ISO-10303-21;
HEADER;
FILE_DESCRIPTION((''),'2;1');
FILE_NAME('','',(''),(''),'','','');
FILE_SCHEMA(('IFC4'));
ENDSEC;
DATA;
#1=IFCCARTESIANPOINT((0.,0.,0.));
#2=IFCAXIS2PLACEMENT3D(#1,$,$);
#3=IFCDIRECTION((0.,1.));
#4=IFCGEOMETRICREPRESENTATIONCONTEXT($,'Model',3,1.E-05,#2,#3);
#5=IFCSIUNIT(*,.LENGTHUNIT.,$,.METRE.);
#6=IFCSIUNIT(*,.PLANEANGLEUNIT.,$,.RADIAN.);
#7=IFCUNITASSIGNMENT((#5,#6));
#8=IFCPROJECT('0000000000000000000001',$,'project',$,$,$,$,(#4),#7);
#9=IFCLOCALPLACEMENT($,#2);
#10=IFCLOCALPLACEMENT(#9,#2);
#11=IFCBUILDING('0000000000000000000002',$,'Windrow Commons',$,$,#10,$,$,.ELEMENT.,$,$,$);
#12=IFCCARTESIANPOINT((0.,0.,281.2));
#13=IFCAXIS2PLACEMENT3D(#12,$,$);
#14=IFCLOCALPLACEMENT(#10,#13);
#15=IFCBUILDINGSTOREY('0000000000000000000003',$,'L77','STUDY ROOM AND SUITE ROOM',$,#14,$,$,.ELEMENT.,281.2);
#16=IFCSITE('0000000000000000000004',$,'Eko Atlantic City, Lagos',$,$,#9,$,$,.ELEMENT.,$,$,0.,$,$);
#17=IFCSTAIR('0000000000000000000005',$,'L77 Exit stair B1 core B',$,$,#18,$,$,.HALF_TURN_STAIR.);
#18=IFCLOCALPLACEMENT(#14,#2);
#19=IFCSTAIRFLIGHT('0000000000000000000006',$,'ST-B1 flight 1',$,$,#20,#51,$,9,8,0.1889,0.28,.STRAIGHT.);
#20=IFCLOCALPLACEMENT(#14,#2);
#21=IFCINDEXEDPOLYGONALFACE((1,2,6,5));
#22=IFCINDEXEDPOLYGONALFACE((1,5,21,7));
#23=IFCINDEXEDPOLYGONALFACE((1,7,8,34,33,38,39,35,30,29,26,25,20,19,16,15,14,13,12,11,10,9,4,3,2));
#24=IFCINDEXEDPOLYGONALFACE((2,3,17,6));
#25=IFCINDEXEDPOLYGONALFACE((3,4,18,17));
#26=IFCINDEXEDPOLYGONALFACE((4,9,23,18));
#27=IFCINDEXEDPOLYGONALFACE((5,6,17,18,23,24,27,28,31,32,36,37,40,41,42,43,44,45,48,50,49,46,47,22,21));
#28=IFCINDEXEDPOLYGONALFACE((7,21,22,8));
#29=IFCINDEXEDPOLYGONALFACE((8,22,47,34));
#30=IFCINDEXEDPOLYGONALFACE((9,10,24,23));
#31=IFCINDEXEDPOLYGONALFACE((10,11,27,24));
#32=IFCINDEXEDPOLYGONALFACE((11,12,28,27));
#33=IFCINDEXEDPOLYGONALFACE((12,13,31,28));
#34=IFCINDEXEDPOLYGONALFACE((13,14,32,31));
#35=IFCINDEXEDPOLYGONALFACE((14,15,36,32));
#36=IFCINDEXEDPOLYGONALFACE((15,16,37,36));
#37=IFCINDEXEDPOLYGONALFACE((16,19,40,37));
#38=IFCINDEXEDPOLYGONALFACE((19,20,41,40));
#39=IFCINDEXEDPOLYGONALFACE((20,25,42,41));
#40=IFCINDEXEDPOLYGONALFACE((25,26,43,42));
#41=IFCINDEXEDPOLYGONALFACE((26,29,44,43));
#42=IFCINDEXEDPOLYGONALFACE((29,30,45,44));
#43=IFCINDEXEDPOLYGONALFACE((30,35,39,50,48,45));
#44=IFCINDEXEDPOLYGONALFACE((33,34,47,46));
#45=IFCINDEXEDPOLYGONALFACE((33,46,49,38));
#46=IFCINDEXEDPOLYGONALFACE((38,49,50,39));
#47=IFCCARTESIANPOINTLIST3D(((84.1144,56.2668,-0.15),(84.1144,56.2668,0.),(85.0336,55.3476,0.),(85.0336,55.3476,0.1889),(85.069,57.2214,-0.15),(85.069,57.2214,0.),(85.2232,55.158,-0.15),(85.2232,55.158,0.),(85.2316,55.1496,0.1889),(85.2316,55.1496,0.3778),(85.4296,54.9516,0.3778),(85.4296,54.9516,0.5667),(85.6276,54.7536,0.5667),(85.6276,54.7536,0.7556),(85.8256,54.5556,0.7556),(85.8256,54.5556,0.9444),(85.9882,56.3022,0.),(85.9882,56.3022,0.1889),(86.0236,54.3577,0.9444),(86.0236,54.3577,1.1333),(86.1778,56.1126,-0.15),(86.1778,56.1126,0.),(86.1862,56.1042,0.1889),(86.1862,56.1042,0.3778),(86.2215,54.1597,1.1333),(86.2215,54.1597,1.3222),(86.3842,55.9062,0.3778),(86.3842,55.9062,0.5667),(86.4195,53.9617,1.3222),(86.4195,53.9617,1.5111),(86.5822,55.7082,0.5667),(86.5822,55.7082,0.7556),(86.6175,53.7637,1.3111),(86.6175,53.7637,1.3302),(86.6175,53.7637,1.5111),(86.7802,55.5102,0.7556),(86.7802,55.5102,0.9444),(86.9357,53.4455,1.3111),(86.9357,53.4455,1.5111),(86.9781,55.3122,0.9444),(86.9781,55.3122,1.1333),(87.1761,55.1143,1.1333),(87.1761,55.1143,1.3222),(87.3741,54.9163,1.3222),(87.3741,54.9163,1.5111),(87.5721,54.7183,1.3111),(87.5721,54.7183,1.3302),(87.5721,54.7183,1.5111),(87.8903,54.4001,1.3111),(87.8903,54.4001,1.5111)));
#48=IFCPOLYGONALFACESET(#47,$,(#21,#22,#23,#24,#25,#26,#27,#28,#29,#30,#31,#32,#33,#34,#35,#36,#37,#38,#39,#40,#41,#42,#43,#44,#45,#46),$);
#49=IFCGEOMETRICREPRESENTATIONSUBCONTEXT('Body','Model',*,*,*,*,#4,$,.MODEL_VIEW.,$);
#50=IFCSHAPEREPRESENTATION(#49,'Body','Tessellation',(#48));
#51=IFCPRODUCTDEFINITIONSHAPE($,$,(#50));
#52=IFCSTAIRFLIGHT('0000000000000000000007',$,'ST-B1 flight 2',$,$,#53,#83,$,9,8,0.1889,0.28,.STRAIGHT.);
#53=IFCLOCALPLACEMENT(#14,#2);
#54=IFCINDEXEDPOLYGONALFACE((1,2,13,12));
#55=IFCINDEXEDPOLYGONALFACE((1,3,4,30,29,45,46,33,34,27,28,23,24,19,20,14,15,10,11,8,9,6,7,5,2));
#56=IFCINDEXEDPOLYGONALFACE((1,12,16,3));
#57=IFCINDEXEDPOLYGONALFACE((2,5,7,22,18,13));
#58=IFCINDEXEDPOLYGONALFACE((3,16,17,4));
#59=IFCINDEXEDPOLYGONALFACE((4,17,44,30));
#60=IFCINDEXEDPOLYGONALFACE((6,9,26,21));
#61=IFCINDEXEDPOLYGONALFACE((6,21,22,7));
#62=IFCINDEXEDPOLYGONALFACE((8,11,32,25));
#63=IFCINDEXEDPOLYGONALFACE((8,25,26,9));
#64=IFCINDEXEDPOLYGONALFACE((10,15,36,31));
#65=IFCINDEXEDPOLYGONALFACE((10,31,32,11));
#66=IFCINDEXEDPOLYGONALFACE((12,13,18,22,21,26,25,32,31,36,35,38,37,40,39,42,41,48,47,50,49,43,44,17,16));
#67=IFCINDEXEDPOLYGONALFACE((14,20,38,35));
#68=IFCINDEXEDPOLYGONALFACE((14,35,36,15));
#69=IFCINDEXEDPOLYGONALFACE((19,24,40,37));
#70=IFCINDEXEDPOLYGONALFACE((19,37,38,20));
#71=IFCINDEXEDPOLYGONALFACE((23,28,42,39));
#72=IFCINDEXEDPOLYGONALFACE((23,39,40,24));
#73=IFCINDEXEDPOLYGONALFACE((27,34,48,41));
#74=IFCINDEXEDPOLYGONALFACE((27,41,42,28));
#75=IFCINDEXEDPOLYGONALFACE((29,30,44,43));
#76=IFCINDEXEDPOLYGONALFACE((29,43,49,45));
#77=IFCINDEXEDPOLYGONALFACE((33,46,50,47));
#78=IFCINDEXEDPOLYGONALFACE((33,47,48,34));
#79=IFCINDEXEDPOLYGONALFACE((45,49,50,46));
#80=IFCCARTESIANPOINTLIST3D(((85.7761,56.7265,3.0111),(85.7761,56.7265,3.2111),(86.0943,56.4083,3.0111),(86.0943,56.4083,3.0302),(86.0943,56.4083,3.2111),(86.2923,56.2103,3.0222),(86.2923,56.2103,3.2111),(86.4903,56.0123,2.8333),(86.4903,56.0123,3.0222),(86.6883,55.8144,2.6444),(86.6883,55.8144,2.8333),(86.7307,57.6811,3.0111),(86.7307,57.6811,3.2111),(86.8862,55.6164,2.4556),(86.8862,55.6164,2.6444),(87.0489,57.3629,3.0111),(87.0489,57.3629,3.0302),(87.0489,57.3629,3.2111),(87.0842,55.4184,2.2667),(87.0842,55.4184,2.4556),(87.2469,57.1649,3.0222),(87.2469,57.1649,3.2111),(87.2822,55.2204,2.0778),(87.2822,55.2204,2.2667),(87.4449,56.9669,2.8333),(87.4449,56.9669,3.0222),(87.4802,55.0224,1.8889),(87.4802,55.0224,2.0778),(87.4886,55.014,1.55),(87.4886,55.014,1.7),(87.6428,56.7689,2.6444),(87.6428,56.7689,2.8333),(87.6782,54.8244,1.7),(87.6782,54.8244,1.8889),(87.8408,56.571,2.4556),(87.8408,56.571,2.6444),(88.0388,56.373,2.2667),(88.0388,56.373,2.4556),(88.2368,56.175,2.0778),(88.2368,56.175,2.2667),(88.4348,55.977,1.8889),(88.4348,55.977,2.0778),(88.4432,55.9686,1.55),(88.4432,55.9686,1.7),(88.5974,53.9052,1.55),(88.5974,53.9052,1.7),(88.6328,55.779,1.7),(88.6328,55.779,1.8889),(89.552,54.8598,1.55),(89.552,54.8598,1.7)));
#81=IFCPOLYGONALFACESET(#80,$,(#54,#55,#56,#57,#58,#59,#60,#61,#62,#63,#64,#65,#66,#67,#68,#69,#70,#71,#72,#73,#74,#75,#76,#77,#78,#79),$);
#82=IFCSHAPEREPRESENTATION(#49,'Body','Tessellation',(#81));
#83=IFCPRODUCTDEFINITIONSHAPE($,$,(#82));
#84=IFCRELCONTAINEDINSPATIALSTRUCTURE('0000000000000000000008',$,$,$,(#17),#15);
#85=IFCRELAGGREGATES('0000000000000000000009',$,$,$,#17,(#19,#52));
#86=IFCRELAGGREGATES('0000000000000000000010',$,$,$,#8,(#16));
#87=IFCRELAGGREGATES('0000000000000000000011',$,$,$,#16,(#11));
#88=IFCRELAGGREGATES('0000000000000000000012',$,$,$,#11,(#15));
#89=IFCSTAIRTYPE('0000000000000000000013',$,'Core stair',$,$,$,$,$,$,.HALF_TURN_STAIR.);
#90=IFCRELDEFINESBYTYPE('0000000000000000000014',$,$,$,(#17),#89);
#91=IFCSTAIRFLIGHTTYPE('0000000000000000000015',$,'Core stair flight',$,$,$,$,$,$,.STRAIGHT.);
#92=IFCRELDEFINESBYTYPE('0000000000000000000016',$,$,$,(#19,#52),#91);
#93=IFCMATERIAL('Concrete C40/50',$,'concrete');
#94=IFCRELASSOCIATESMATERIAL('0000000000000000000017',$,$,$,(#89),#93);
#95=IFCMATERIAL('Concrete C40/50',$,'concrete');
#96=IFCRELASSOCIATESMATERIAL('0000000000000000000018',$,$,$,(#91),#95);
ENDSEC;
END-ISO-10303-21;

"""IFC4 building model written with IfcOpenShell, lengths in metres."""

from ifc_helpers import new_model, si_unit, direction, frame, origin, place, context, subcontext, project, spatial, polyline, outline, extrude, material, type_object, element, aggregate, save


model = new_model("IFC4")

# Units and contexts
model_context = context("Model", 3, precision=1e-05, world=origin(), true_north=direction((0.0, 1.0)))
body_context = subcontext(model_context, "Body", "Model", "MODEL_VIEW")
ifc_project = project(units=[si_unit("LENGTHUNIT", "METRE"), si_unit("PLANEANGLEUNIT", "RADIAN")], contexts=[model_context])

# Site, building, storey
site_placement = place(None, origin())
site = spatial("IfcSite", under=ifc_project, at=site_placement, Name="Eko Atlantic City, Lagos", CompositionType="ELEMENT", RefElevation=0.0)
building_placement = place(site_placement, origin())
building = spatial("IfcBuilding", under=site, at=building_placement, Name="Windrow Commons", CompositionType="ELEMENT")
storey_placement = place(building_placement, frame((0.0, 0.0, 281.2)))
storey = spatial("IfcBuildingStorey", under=building, at=storey_placement, Name="L77", Description="STUDY ROOM AND SUITE ROOM", CompositionType="ELEMENT", Elevation=281.2)

# Stair, stair flights
ifc_material_1 = material(Name="Concrete C40/50", Category="concrete")
stair_type = type_object("IfcStairType", Name="Core stair", PredefinedType="HALF_TURN_STAIR", material=ifc_material_1)
stair_placement = place(storey_placement, origin())
stair = element("IfcStair", 1, at=stair_placement, inside=storey, type_object=stair_type, Name="L77 Exit stair B1 core B", PredefinedType="HALF_TURN_STAIR")
ifc_material_2 = material(Name="Concrete C40/50", Category="concrete")
stair_flight_type = type_object("IfcStairFlightType", Name="Core stair flight", PredefinedType="STRAIGHT", material=ifc_material_2)
stair_flight_1_placement = place(storey_placement, frame((85.5109, 55.8249, 0.0), z_axis=(0.0, 0.0, 1.0), x_axis=(0.707107, -0.707107, 0.0)))
stair_flight_1 = element("IfcStairFlight", 2, at=stair_flight_1_placement, type_object=stair_flight_type, Name="ST-B1 flight 1", NumberOfRisers=9, NumberOfTreads=8, PredefinedType="STRAIGHT", RiserHeight=0.1889, TreadLength=0.28, context=body_context, shape_type="SweptSolid", body=[
    extrude(outline(polyline([(-1.3, -0.15), (-1.3, 0.0), (0.0, 0.0), (0.0, 0.1889), (0.28, 0.1889), (0.28, 0.3778), (0.56, 0.3778), (0.56, 0.5667), (0.84, 0.5667), (0.84, 0.7556), (1.12, 0.7556), (1.12, 0.9444), (1.4, 0.9444), (1.4, 1.1333), (1.68, 1.1333), (1.68, 1.3222), (1.96, 1.3222), (1.96, 1.5111), (2.24, 1.5111), (2.69, 1.5111), (2.69, 1.3111), (2.24, 1.3111), (2.24, 1.3302), (0.2682, 0.0), (0.2682, -0.15), (-1.3, -0.15)])), frame((0.0, 0.675, 0.0), z_axis=(0.0, -1.0, 0.0), x_axis=(1.0, 0.0, 0.0)), (0.0, 0.0, 1.0), 1.35),
])
stair_flight_2_placement = place(storey_placement, frame((88.1555, 55.3017, 1.7), z_axis=(0.0, 0.0, 1.0), x_axis=(-0.707107, 0.707107, 0.0)))
stair_flight_2 = element("IfcStairFlight", 3, at=stair_flight_2_placement, type_object=stair_flight_type, Name="ST-B1 flight 2", NumberOfRisers=9, NumberOfTreads=8, PredefinedType="STRAIGHT", RiserHeight=0.1889, TreadLength=0.28, context=body_context, shape_type="SweptSolid", body=[
    extrude(outline(polyline([(-1.3, -0.15), (-1.3, 0.0), (0.0, 0.0), (0.0, 0.1889), (0.28, 0.1889), (0.28, 0.3778), (0.56, 0.3778), (0.56, 0.5667), (0.84, 0.5667), (0.84, 0.7556), (1.12, 0.7556), (1.12, 0.9444), (1.4, 0.9444), (1.4, 1.1333), (1.68, 1.1333), (1.68, 1.3222), (1.96, 1.3222), (1.96, 1.5111), (2.24, 1.5111), (2.69, 1.5111), (2.69, 1.3111), (2.24, 1.3111), (2.24, 1.3302), (0.2682, 0.0), (0.2682, -0.15), (-1.3, -0.15)])), frame((0.0, 0.675, 0.0), z_axis=(0.0, -1.0, 0.0), x_axis=(1.0, 0.0, 0.0)), (0.0, 0.0, 1.0), 1.35),
])
aggregate(stair, [stair_flight_1, stair_flight_2])

save(model, "model.ifc")
